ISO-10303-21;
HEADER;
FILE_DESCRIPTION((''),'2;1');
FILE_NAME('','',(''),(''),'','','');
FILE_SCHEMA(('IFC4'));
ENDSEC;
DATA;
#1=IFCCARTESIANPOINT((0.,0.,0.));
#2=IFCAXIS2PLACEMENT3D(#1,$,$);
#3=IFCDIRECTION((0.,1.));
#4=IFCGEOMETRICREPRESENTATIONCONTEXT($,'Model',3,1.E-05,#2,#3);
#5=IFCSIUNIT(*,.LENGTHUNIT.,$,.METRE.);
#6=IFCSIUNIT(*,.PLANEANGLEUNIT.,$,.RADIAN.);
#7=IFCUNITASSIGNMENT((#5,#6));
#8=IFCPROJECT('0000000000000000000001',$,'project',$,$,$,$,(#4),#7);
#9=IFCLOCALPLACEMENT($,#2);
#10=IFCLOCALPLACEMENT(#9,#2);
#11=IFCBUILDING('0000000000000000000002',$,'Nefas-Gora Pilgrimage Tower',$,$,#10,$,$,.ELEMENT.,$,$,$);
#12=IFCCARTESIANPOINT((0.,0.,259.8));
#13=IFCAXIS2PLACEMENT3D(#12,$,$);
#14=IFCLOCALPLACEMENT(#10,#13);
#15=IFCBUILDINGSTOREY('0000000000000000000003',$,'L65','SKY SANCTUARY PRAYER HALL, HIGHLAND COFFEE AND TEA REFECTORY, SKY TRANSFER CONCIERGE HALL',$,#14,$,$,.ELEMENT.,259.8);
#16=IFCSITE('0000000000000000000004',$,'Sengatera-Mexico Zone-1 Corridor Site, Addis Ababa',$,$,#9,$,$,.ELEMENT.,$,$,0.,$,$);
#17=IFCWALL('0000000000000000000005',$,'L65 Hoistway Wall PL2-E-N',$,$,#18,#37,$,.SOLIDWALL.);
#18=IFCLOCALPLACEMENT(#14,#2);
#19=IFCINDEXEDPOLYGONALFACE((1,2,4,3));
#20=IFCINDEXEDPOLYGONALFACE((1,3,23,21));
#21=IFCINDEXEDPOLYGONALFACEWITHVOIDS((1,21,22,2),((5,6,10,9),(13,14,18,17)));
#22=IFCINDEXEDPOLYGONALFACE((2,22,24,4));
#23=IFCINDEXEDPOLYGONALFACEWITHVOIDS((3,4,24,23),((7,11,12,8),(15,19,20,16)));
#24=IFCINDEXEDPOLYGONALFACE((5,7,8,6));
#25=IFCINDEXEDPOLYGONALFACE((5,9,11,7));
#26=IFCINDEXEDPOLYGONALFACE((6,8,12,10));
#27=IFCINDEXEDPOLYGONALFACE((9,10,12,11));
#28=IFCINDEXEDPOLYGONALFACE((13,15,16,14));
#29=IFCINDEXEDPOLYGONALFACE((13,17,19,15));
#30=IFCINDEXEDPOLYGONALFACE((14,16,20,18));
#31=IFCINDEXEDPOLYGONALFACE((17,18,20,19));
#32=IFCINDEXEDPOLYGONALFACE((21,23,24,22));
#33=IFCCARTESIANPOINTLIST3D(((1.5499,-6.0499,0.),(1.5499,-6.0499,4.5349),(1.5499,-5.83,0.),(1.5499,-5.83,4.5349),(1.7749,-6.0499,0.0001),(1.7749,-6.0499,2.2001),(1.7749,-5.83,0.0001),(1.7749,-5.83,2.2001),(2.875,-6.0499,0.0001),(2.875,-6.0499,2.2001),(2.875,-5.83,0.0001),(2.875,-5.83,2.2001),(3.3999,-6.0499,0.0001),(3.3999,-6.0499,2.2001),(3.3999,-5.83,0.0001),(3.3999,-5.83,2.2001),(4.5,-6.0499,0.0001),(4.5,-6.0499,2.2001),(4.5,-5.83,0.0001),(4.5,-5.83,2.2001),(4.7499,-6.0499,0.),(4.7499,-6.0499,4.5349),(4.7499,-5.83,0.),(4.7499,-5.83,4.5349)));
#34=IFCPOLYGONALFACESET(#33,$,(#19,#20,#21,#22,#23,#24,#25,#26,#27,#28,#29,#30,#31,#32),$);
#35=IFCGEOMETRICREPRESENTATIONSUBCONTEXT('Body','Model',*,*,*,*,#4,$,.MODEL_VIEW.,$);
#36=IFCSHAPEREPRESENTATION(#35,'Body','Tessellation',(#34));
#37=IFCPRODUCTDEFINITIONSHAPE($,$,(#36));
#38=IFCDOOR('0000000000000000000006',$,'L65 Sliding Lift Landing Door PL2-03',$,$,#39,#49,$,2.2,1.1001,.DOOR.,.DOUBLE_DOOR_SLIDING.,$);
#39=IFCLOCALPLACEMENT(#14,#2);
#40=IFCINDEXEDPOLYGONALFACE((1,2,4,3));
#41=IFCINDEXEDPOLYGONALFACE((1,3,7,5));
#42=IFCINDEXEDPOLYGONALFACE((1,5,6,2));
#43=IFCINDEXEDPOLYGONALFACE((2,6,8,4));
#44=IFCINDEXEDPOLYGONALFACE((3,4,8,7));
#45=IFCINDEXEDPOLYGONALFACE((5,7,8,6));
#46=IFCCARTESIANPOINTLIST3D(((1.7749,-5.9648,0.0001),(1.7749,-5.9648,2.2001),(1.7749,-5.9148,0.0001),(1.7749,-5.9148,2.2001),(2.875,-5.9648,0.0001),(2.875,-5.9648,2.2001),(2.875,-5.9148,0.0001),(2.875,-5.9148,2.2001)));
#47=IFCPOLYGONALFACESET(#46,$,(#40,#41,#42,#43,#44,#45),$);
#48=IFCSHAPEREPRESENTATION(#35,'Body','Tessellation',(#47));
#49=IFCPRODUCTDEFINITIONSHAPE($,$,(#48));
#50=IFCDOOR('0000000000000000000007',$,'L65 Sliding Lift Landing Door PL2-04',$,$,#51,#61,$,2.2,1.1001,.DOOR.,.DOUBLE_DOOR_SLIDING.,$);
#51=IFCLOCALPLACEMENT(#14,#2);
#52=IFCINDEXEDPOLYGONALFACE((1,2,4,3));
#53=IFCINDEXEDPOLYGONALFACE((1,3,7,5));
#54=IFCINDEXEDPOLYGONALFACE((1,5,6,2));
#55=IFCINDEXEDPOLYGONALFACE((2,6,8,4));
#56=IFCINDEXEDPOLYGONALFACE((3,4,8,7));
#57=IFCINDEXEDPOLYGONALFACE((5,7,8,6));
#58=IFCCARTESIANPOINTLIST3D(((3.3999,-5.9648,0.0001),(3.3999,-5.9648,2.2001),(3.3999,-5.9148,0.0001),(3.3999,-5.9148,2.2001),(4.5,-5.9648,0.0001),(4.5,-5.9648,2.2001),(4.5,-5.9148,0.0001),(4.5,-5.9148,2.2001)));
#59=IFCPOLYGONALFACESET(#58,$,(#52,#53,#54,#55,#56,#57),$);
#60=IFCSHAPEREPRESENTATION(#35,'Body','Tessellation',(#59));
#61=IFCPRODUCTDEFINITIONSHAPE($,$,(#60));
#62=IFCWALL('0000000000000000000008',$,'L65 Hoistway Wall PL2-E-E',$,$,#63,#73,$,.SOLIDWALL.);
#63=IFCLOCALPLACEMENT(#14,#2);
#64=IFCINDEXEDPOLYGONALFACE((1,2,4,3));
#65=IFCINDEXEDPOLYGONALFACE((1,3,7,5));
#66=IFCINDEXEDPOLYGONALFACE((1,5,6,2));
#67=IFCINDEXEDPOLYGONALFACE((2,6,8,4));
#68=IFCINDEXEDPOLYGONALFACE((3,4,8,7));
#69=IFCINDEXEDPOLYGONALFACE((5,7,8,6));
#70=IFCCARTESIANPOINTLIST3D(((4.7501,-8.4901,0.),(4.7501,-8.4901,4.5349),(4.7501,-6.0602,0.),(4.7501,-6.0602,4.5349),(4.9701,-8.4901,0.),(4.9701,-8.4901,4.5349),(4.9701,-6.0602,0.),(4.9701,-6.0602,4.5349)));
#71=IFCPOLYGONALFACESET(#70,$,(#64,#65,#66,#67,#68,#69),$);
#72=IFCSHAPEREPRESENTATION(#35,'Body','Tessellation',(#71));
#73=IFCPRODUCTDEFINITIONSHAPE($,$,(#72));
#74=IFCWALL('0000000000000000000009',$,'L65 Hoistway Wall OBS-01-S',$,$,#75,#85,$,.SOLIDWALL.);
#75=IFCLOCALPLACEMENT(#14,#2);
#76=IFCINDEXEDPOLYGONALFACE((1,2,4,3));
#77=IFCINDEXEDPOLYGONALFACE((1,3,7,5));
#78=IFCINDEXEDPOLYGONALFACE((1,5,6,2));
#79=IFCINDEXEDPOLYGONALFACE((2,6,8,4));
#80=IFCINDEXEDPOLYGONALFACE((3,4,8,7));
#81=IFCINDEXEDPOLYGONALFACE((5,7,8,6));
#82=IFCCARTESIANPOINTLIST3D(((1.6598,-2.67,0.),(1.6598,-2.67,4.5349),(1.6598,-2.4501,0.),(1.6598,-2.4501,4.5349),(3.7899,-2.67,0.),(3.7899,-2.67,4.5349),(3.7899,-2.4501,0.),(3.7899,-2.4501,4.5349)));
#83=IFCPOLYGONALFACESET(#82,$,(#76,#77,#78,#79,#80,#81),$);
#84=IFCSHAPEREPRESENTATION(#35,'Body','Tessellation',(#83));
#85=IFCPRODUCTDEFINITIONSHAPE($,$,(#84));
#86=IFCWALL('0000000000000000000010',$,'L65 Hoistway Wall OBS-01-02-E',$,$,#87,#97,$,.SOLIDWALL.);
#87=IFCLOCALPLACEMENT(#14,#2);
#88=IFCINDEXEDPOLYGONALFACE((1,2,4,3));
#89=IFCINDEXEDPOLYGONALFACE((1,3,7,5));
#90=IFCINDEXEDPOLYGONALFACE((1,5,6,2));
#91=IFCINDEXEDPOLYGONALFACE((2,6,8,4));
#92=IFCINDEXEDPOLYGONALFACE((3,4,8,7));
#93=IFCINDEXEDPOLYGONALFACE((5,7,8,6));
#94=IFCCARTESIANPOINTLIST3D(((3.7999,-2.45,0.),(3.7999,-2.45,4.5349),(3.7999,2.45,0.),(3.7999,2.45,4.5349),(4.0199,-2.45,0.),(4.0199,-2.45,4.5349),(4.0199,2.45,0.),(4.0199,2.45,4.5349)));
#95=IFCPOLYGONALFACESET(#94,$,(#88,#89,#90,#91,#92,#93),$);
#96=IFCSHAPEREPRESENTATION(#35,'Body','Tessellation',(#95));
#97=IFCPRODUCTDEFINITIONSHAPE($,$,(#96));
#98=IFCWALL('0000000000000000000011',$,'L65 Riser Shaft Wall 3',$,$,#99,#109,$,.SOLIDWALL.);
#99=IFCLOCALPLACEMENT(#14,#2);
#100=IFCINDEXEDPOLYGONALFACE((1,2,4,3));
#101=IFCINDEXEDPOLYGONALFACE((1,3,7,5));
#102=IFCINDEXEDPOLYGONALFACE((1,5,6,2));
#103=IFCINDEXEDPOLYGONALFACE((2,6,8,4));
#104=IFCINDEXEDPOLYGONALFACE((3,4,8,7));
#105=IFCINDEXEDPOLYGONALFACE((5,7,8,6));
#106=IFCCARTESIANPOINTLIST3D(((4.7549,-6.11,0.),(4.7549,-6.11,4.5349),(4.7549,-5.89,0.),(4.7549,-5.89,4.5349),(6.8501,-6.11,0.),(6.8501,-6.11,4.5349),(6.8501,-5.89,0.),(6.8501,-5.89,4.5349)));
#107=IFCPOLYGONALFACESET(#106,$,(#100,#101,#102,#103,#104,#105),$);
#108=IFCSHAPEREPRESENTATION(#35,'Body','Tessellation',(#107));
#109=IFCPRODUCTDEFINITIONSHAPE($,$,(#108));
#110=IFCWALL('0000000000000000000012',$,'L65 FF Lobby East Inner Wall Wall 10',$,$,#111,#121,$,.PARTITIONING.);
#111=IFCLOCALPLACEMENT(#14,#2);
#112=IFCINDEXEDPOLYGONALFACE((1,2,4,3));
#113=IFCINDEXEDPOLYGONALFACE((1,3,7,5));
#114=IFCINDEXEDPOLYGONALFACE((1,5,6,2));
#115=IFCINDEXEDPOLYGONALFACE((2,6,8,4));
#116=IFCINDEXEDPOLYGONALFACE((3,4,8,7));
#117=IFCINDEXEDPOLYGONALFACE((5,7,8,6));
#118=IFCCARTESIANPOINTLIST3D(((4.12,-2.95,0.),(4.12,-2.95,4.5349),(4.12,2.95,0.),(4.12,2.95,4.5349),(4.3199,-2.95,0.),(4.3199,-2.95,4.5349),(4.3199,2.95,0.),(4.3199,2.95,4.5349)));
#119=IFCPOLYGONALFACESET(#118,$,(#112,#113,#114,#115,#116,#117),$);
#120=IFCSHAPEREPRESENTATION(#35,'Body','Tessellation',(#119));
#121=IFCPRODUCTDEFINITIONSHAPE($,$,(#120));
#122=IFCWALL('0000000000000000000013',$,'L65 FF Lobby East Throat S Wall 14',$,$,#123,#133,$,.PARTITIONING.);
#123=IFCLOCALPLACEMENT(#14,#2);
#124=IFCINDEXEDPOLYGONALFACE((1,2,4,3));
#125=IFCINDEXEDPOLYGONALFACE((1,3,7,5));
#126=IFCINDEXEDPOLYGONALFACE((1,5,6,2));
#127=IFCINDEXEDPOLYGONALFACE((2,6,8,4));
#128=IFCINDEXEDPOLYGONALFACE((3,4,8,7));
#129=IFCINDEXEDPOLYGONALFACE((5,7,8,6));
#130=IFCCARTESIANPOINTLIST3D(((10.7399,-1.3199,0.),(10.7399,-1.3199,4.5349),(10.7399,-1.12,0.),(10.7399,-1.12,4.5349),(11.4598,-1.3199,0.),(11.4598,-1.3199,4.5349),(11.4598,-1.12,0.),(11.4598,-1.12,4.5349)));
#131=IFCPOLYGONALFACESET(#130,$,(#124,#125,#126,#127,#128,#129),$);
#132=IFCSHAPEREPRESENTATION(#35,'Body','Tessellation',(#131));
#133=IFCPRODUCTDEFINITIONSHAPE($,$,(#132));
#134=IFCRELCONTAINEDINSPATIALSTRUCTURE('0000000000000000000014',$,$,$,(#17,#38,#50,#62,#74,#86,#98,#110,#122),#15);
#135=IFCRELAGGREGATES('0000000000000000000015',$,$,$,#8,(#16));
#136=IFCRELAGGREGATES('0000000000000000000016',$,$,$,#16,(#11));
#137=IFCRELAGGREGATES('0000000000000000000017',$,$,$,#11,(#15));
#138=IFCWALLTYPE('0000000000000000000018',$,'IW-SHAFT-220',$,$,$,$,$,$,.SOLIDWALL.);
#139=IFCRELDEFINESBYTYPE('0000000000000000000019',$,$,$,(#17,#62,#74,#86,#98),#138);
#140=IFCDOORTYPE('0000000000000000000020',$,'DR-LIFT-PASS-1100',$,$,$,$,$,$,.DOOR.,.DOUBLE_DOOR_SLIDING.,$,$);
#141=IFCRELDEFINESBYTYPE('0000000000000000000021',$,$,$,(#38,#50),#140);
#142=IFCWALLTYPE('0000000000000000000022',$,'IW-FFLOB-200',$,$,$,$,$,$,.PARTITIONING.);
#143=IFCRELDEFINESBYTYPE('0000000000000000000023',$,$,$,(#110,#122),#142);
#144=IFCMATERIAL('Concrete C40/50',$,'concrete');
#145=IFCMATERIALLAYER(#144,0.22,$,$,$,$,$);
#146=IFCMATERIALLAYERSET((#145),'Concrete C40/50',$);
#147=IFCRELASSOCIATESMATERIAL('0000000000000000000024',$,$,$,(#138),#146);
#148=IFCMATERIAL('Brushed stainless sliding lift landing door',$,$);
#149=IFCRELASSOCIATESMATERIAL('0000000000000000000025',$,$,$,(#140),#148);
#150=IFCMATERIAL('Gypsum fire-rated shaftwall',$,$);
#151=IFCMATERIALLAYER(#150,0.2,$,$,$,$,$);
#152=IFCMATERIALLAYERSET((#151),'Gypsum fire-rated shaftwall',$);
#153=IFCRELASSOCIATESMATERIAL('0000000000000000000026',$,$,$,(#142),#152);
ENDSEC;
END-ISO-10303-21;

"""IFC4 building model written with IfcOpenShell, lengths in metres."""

from ifc_helpers import new_model, si_unit, direction, frame, frame_2d, origin, place, context, subcontext, project, spatial, rectangle, extrude, source, transform, mapped, material, layer, layer_set, type_object, element, fill, save


model = new_model("IFC4")

# Units and contexts
model_context = context("Model", 3, precision=1e-05, world=origin(), true_north=direction((0.0, 1.0)))
body_context = subcontext(model_context, "Body", "Model", "MODEL_VIEW")
ifc_project = project(units=[si_unit("LENGTHUNIT", "METRE"), si_unit("PLANEANGLEUNIT", "RADIAN")], contexts=[model_context])

# Site, building, storey
site_placement = place(None, origin())
site = spatial("IfcSite", under=ifc_project, at=site_placement, Name="Sengatera-Mexico Zone-1 Corridor Site, Addis Ababa", CompositionType="ELEMENT", RefElevation=0.0)
building_placement = place(site_placement, origin())
building = spatial("IfcBuilding", under=site, at=building_placement, Name="Nefas-Gora Pilgrimage Tower", CompositionType="ELEMENT")
storey_placement = place(building_placement, frame((0.0, 0.0, 259.8)))
storey = spatial("IfcBuildingStorey", under=building, at=storey_placement, Name="L65", Description="SKY SANCTUARY PRAYER HALL, HIGHLAND COFFEE AND TEA REFECTORY, SKY TRANSFER CONCIERGE HALL", CompositionType="ELEMENT", Elevation=259.8)

# Shared definitions
ifc_material_1 = material(Name="Concrete C40/50", Category="concrete")

# Shared definitions
ifc_layer_1 = layer(ifc_material_1, 0.22)
ifc_layer_set_1 = layer_set([ifc_layer_1], Name="Concrete C40/50")
wall_type_1 = type_object("IfcWallType", Name="IW-SHAFT-220", PredefinedType="SOLIDWALL", material=ifc_layer_set_1)

# Wall, openings, doors
shared_shape_1 = source(origin(), body_context, "Body", "SweptSolid", [
    extrude(rectangle(XDim=3.2, YDim=0.22, at=frame_2d((1.6001, 0.0))), origin(), (0.0, 0.0, 1.0), 4.5349),
])
wall_1_placement = place(storey_placement, frame((4.75, -5.9399, 0.0), z_axis=(0.0, 0.0, 1.0), x_axis=(-1.0, 0.0, 0.0)))
wall_1 = element("IfcWall", 1, at=wall_1_placement, inside=storey, type_object=wall_type_1, Name="L65 Hoistway Wall PL2-E-N", PredefinedType="SOLIDWALL", context=body_context, shape_type="MappedRepresentation", body=[
    mapped(shared_shape_1, transform((0.0, 0.0, 0.0), x_axis=(1.0, 0.0, 0.0), y_axis=(0.0, 1.0, 0.0), z_axis=(0.0, 0.0, 1.0), scale=1.0)),
])
opening_1_placement = place(wall_1_placement, frame((1.875, 0.0, 0.0)))
opening_1 = element("IfcOpeningElement", 2, at=opening_1_placement, cuts=wall_1, PredefinedType="OPENING", context=body_context, shape_type="SweptSolid", body=[
    extrude(rectangle(XDim=1.1001, YDim=2.2, at=frame_2d((0.55, 1.1001))), frame((0.0, 0.1199, 0.0), z_axis=(0.0, -1.0, 0.0), x_axis=(1.0, 0.0, 0.0)), (0.0, 0.0, 1.0), 0.24),
])
opening_2_placement = place(wall_1_placement, frame((0.25, 0.0, 0.0)))
opening_2 = element("IfcOpeningElement", 3, at=opening_2_placement, cuts=wall_1, PredefinedType="OPENING", context=body_context, shape_type="SweptSolid", body=[
    extrude(rectangle(XDim=1.1001, YDim=2.2, at=frame_2d((0.55, 1.1001))), frame((0.0, 0.1199, 0.0), z_axis=(0.0, -1.0, 0.0), x_axis=(1.0, 0.0, 0.0)), (0.0, 0.0, 1.0), 0.24),
])
ifc_material_2 = material(Name="Brushed stainless sliding lift landing door")
door_type_1 = type_object("IfcDoorType", Name="DR-LIFT-PASS-1100", OperationType="DOUBLE_DOOR_SLIDING", PredefinedType="DOOR", material=ifc_material_2)
shared_shape_2 = source(origin(), body_context, "Body", "SweptSolid", [
    extrude(rectangle(XDim=1.1001, YDim=2.2, at=frame_2d((0.55, 1.1001))), frame((0.0, 0.0249, 0.0), z_axis=(0.0, -1.0, 0.0), x_axis=(1.0, 0.0, 0.0)), (0.0, 0.0, 1.0), 0.05),
])
door_1_placement = place(opening_1_placement, origin())
door_1 = element("IfcDoor", 4, at=door_1_placement, inside=storey, type_object=door_type_1, Name="L65 Sliding Lift Landing Door PL2-03", OperationType="DOUBLE_DOOR_SLIDING", OverallHeight=2.2, OverallWidth=1.1001, PredefinedType="DOOR", context=body_context, shape_type="MappedRepresentation", body=[
    mapped(shared_shape_2, transform((0.0, 0.0, 0.0), x_axis=(1.0, 0.0, 0.0), y_axis=(0.0, 1.0, 0.0), z_axis=(0.0, 0.0, 1.0), scale=1.0)),
])
fill(opening_1, door_1)
door_2_placement = place(opening_2_placement, origin())
door_2 = element("IfcDoor", 5, at=door_2_placement, inside=storey, type_object=door_type_1, Name="L65 Sliding Lift Landing Door PL2-04", OperationType="DOUBLE_DOOR_SLIDING", OverallHeight=2.2, OverallWidth=1.1001, PredefinedType="DOOR", context=body_context, shape_type="MappedRepresentation", body=[
    mapped(shared_shape_2, transform((0.0, 0.0, 0.0), x_axis=(1.0, 0.0, 0.0), y_axis=(0.0, 1.0, 0.0), z_axis=(0.0, 0.0, 1.0), scale=1.0)),
])
fill(opening_2, door_2)

# Walls
shared_shape_3 = source(origin(), body_context, "Body", "SweptSolid", [
    extrude(rectangle(XDim=2.4299, YDim=0.22, at=frame_2d((1.2148, 0.0))), origin(), (0.0, 0.0, 1.0), 4.5349),
])
for number, where, z_axis, x_axis, name in (
    (6, (4.8601, -8.49, 0.0), (0.0, 0.0, 1.0), (0.0, 1.0, 0.0), "L65 Hoistway Wall PL2-E-E"),
):
    element("IfcWall", number, at=place(storey_placement, frame(where, z_axis=z_axis, x_axis=x_axis)), inside=storey, type_object=wall_type_1, Name=name, PredefinedType="SOLIDWALL", context=body_context, shape_type="MappedRepresentation", body=[
        mapped(shared_shape_3, transform((0.0, 0.0, 0.0), x_axis=(1.0, 0.0, 0.0), y_axis=(0.0, 1.0, 0.0), z_axis=(0.0, 0.0, 1.0), scale=1.0)),
    ])
shared_shape_4 = source(origin(), body_context, "Body", "SweptSolid", [
    extrude(rectangle(XDim=2.1301, YDim=0.22, at=frame_2d((1.0649, 0.0))), origin(), (0.0, 0.0, 1.0), 4.5349),
])
wall_2_placement = place(storey_placement, frame((1.6599, -2.5601, 0.0), z_axis=(0.0, 0.0, 1.0), x_axis=(1.0, 0.0, 0.0)))
element("IfcWall", 7, at=wall_2_placement, inside=storey, type_object=wall_type_1, Name="L65 Hoistway Wall OBS-01-S", PredefinedType="SOLIDWALL", context=body_context, shape_type="MappedRepresentation", body=[
    mapped(shared_shape_4, transform((0.0, 0.0, 0.0), x_axis=(1.0, 0.0, 0.0), y_axis=(0.0, 1.0, 0.0), z_axis=(0.0, 0.0, 1.0), scale=1.0)),
])
shared_shape_5 = source(origin(), body_context, "Body", "SweptSolid", [
    extrude(rectangle(XDim=4.8999, YDim=0.22, at=frame_2d((2.45, 0.0))), origin(), (0.0, 0.0, 1.0), 4.5349),
])
wall_3_placement = place(storey_placement, frame((3.9099, -2.45, 0.0), z_axis=(0.0, 0.0, 1.0), x_axis=(0.0, 1.0, 0.0)))
element("IfcWall", 8, at=wall_3_placement, inside=storey, type_object=wall_type_1, Name="L65 Hoistway Wall OBS-01-02-E", PredefinedType="SOLIDWALL", context=body_context, shape_type="MappedRepresentation", body=[
    mapped(shared_shape_5, transform((0.0, 0.0, 0.0), x_axis=(1.0, 0.0, 0.0), y_axis=(0.0, 1.0, 0.0), z_axis=(0.0, 0.0, 1.0), scale=1.0)),
])
shared_shape_6 = source(origin(), body_context, "Body", "SweptSolid", [
    extrude(rectangle(XDim=2.0952, YDim=0.22, at=frame_2d((1.0476, 0.0))), origin(), (0.0, 0.0, 1.0), 4.5349),
])
wall_4_placement = place(storey_placement, frame((4.7549, -6.0, 0.0), z_axis=(0.0, 0.0, 1.0), x_axis=(1.0, 0.0, 0.0)))
element("IfcWall", 9, at=wall_4_placement, inside=storey, type_object=wall_type_1, Name="L65 Riser Shaft Wall 3", PredefinedType="SOLIDWALL", context=body_context, shape_type="MappedRepresentation", body=[
    mapped(shared_shape_6, transform((0.0, 0.0, 0.0), x_axis=(1.0, 0.0, 0.0), y_axis=(0.0, 1.0, 0.0), z_axis=(0.0, 0.0, 1.0), scale=1.0)),
])
ifc_material_3 = material(Name="Gypsum fire-rated shaftwall")
ifc_layer_2 = layer(ifc_material_3, 0.2)
ifc_layer_set_2 = layer_set([ifc_layer_2], Name="Gypsum fire-rated shaftwall")
wall_type_2 = type_object("IfcWallType", Name="IW-FFLOB-200", PredefinedType="PARTITIONING", material=ifc_layer_set_2)
shared_shape_7 = source(origin(), body_context, "Body", "SweptSolid", [
    extrude(rectangle(XDim=5.8999, YDim=0.2, at=frame_2d((2.95, 0.0))), origin(), (0.0, 0.0, 1.0), 4.5349),
])
wall_5_placement = place(storey_placement, frame((4.22, -2.95, 0.0), z_axis=(0.0, 0.0, 1.0), x_axis=(0.0, 1.0, 0.0)))
element("IfcWall", 10, at=wall_5_placement, inside=storey, type_object=wall_type_2, Name="L65 FF Lobby East Inner Wall Wall 10", PredefinedType="PARTITIONING", context=body_context, shape_type="MappedRepresentation", body=[
    mapped(shared_shape_7, transform((0.0, 0.0, 0.0), x_axis=(1.0, 0.0, 0.0), y_axis=(0.0, 1.0, 0.0), z_axis=(0.0, 0.0, 1.0), scale=1.0)),
])
shared_shape_8 = source(origin(), body_context, "Body", "SweptSolid", [
    extrude(rectangle(XDim=0.72, YDim=0.2, at=frame_2d((0.3599, 0.0))), origin(), (0.0, 0.0, 1.0), 4.5349),
])
wall_6_placement = place(storey_placement, frame((10.74, -1.22, 0.0), z_axis=(0.0, 0.0, 1.0), x_axis=(1.0, 0.0, 0.0)))
element("IfcWall", 11, at=wall_6_placement, inside=storey, type_object=wall_type_2, Name="L65 FF Lobby East Throat S Wall 14", PredefinedType="PARTITIONING", context=body_context, shape_type="MappedRepresentation", body=[
    mapped(shared_shape_8, transform((0.0, 0.0, 0.0), x_axis=(1.0, 0.0, 0.0), y_axis=(0.0, 1.0, 0.0), z_axis=(0.0, 0.0, 1.0), scale=1.0)),
])

save(model, "model.ifc")
